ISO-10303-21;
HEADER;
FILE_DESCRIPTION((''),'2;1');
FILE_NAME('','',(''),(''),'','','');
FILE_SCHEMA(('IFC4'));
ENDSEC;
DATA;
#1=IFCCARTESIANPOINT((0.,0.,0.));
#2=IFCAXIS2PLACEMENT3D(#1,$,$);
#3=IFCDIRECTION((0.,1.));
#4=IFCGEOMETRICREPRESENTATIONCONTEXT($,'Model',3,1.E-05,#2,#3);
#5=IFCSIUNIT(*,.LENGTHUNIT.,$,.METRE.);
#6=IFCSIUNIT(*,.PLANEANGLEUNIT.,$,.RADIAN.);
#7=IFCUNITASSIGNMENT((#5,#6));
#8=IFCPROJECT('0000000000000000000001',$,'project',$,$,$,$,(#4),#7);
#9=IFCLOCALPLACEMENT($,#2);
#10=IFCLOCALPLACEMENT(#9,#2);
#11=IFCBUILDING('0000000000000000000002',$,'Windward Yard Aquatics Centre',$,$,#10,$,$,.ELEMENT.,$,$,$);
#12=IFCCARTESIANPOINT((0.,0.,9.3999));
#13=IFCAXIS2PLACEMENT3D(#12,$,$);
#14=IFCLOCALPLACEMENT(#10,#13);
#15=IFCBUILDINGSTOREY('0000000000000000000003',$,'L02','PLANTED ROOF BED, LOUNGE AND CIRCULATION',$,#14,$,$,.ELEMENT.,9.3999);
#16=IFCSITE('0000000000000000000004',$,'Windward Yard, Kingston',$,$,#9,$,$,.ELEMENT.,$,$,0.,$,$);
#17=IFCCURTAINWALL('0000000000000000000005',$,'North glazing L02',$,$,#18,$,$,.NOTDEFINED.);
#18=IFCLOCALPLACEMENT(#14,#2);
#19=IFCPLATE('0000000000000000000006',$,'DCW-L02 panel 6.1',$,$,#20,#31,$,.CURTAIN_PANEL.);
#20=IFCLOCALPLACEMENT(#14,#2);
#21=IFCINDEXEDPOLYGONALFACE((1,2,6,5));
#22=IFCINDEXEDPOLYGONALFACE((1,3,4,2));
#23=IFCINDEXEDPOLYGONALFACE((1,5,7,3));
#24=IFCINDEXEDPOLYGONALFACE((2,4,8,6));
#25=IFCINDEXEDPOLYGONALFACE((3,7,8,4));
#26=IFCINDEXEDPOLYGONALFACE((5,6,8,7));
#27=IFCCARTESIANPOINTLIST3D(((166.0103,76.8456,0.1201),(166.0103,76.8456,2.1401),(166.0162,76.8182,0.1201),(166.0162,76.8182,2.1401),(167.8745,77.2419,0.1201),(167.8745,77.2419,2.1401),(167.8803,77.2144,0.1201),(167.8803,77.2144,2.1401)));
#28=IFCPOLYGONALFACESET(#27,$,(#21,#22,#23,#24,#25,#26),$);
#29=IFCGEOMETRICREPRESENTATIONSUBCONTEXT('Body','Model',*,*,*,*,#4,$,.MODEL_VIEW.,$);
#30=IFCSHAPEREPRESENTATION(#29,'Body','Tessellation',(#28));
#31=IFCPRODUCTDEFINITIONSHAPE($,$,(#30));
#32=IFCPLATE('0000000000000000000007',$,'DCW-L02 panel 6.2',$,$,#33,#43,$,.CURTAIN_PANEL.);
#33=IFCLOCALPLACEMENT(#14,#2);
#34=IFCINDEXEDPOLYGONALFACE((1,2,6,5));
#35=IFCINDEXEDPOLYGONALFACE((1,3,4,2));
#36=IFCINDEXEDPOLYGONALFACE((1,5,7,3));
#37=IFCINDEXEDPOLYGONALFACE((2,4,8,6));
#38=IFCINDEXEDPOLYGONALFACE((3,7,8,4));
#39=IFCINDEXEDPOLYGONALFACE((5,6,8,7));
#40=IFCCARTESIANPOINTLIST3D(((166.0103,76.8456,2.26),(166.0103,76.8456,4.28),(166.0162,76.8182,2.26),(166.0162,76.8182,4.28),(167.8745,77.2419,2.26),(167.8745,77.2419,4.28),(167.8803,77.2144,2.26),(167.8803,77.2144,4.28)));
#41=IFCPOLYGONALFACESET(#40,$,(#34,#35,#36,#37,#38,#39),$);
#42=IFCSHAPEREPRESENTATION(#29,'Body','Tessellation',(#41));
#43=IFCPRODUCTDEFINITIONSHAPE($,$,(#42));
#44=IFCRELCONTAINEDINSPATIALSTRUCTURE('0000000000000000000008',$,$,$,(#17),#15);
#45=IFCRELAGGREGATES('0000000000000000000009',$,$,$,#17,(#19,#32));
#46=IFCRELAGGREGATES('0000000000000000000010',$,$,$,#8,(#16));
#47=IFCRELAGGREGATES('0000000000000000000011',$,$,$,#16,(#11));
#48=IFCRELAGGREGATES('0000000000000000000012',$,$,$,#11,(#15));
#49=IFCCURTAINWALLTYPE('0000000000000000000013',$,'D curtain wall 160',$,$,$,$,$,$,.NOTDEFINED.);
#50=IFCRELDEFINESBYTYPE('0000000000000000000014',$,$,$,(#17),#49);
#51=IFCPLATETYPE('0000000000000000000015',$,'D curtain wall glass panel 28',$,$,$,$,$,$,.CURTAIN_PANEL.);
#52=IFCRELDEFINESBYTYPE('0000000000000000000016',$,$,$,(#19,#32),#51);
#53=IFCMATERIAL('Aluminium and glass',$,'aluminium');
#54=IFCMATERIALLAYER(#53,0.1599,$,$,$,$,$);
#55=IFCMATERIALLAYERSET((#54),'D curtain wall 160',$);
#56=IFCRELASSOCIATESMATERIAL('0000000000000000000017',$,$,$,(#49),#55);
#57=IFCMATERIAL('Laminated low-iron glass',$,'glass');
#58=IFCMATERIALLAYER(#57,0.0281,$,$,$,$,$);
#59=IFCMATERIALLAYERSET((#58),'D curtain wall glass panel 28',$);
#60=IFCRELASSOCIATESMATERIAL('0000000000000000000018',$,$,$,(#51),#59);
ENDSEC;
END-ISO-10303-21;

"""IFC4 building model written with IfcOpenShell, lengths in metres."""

from ifc_helpers import new_model, si_unit, direction, frame, origin, origin_2d, place, context, subcontext, project, spatial, rectangle, extrude, material, layer, layer_set, type_object, element, aggregate, save


model = new_model("IFC4")

# Units and contexts
model_context = context("Model", 3, precision=1e-05, world=origin(), true_north=direction((0.0, 1.0)))
body_context = subcontext(model_context, "Body", "Model", "MODEL_VIEW")
ifc_project = project(units=[si_unit("LENGTHUNIT", "METRE"), si_unit("PLANEANGLEUNIT", "RADIAN")], contexts=[model_context])

# Site, building, storey
site_placement = place(None, origin())
site = spatial("IfcSite", under=ifc_project, at=site_placement, Name="Windward Yard, Kingston", CompositionType="ELEMENT", RefElevation=0.0)
building_placement = place(site_placement, origin())
building = spatial("IfcBuilding", under=site, at=building_placement, Name="Windward Yard Aquatics Centre", CompositionType="ELEMENT")
storey_placement = place(building_placement, frame((0.0, 0.0, 9.3999)))
storey = spatial("IfcBuildingStorey", under=building, at=storey_placement, Name="L02", Description="PLANTED ROOF BED, LOUNGE AND CIRCULATION", CompositionType="ELEMENT", Elevation=9.3999)

# Curtain wall, plates
ifc_material_1 = material(Name="Aluminium and glass", Category="aluminium")
ifc_layer_1 = layer(ifc_material_1, 0.1599)
ifc_layer_set_1 = layer_set([ifc_layer_1], Name="D curtain wall 160")
curtain_wall_type = type_object("IfcCurtainWallType", Name="D curtain wall 160", PredefinedType="NOTDEFINED", material=ifc_layer_set_1)
curtain_wall_placement = place(storey_placement, origin())
curtain_wall = element("IfcCurtainWall", 1, at=curtain_wall_placement, inside=storey, type_object=curtain_wall_type, Name="North glazing L02", PredefinedType="NOTDEFINED")
ifc_material_2 = material(Name="Laminated low-iron glass", Category="glass")
ifc_layer_2 = layer(ifc_material_2, 0.0281)
ifc_layer_set_2 = layer_set([ifc_layer_2], Name="D curtain wall glass panel 28")
plate_type = type_object("IfcPlateType", Name="D curtain wall glass panel 28", PredefinedType="CURTAIN_PANEL", material=ifc_layer_set_2)
plate_1_placement = place(storey_placement, frame((166.9453, 77.03, 0.1201), z_axis=(0.0, 0.0, 1.0), x_axis=(0.978148, 0.207912, 0.0)))
plate_1 = element("IfcPlate", 2, at=plate_1_placement, type_object=plate_type, Name="DCW-L02 panel 6.1", PredefinedType="CURTAIN_PANEL", context=body_context, shape_type="SweptSolid", body=[
    extrude(rectangle(XDim=1.9058, YDim=0.0281, at=origin_2d()), origin(), (0.0, 0.0, 1.0), 2.02),
])
plate_2_placement = place(storey_placement, frame((166.9453, 77.03, 2.26), z_axis=(0.0, 0.0, 1.0), x_axis=(0.978148, 0.207912, 0.0)))
plate_2 = element("IfcPlate", 3, at=plate_2_placement, type_object=plate_type, Name="DCW-L02 panel 6.2", PredefinedType="CURTAIN_PANEL", context=body_context, shape_type="SweptSolid", body=[
    extrude(rectangle(XDim=1.9058, YDim=0.0281, at=origin_2d()), origin(), (0.0, 0.0, 1.0), 2.02),
])
aggregate(curtain_wall, [plate_1, plate_2])

save(model, "model.ifc")
